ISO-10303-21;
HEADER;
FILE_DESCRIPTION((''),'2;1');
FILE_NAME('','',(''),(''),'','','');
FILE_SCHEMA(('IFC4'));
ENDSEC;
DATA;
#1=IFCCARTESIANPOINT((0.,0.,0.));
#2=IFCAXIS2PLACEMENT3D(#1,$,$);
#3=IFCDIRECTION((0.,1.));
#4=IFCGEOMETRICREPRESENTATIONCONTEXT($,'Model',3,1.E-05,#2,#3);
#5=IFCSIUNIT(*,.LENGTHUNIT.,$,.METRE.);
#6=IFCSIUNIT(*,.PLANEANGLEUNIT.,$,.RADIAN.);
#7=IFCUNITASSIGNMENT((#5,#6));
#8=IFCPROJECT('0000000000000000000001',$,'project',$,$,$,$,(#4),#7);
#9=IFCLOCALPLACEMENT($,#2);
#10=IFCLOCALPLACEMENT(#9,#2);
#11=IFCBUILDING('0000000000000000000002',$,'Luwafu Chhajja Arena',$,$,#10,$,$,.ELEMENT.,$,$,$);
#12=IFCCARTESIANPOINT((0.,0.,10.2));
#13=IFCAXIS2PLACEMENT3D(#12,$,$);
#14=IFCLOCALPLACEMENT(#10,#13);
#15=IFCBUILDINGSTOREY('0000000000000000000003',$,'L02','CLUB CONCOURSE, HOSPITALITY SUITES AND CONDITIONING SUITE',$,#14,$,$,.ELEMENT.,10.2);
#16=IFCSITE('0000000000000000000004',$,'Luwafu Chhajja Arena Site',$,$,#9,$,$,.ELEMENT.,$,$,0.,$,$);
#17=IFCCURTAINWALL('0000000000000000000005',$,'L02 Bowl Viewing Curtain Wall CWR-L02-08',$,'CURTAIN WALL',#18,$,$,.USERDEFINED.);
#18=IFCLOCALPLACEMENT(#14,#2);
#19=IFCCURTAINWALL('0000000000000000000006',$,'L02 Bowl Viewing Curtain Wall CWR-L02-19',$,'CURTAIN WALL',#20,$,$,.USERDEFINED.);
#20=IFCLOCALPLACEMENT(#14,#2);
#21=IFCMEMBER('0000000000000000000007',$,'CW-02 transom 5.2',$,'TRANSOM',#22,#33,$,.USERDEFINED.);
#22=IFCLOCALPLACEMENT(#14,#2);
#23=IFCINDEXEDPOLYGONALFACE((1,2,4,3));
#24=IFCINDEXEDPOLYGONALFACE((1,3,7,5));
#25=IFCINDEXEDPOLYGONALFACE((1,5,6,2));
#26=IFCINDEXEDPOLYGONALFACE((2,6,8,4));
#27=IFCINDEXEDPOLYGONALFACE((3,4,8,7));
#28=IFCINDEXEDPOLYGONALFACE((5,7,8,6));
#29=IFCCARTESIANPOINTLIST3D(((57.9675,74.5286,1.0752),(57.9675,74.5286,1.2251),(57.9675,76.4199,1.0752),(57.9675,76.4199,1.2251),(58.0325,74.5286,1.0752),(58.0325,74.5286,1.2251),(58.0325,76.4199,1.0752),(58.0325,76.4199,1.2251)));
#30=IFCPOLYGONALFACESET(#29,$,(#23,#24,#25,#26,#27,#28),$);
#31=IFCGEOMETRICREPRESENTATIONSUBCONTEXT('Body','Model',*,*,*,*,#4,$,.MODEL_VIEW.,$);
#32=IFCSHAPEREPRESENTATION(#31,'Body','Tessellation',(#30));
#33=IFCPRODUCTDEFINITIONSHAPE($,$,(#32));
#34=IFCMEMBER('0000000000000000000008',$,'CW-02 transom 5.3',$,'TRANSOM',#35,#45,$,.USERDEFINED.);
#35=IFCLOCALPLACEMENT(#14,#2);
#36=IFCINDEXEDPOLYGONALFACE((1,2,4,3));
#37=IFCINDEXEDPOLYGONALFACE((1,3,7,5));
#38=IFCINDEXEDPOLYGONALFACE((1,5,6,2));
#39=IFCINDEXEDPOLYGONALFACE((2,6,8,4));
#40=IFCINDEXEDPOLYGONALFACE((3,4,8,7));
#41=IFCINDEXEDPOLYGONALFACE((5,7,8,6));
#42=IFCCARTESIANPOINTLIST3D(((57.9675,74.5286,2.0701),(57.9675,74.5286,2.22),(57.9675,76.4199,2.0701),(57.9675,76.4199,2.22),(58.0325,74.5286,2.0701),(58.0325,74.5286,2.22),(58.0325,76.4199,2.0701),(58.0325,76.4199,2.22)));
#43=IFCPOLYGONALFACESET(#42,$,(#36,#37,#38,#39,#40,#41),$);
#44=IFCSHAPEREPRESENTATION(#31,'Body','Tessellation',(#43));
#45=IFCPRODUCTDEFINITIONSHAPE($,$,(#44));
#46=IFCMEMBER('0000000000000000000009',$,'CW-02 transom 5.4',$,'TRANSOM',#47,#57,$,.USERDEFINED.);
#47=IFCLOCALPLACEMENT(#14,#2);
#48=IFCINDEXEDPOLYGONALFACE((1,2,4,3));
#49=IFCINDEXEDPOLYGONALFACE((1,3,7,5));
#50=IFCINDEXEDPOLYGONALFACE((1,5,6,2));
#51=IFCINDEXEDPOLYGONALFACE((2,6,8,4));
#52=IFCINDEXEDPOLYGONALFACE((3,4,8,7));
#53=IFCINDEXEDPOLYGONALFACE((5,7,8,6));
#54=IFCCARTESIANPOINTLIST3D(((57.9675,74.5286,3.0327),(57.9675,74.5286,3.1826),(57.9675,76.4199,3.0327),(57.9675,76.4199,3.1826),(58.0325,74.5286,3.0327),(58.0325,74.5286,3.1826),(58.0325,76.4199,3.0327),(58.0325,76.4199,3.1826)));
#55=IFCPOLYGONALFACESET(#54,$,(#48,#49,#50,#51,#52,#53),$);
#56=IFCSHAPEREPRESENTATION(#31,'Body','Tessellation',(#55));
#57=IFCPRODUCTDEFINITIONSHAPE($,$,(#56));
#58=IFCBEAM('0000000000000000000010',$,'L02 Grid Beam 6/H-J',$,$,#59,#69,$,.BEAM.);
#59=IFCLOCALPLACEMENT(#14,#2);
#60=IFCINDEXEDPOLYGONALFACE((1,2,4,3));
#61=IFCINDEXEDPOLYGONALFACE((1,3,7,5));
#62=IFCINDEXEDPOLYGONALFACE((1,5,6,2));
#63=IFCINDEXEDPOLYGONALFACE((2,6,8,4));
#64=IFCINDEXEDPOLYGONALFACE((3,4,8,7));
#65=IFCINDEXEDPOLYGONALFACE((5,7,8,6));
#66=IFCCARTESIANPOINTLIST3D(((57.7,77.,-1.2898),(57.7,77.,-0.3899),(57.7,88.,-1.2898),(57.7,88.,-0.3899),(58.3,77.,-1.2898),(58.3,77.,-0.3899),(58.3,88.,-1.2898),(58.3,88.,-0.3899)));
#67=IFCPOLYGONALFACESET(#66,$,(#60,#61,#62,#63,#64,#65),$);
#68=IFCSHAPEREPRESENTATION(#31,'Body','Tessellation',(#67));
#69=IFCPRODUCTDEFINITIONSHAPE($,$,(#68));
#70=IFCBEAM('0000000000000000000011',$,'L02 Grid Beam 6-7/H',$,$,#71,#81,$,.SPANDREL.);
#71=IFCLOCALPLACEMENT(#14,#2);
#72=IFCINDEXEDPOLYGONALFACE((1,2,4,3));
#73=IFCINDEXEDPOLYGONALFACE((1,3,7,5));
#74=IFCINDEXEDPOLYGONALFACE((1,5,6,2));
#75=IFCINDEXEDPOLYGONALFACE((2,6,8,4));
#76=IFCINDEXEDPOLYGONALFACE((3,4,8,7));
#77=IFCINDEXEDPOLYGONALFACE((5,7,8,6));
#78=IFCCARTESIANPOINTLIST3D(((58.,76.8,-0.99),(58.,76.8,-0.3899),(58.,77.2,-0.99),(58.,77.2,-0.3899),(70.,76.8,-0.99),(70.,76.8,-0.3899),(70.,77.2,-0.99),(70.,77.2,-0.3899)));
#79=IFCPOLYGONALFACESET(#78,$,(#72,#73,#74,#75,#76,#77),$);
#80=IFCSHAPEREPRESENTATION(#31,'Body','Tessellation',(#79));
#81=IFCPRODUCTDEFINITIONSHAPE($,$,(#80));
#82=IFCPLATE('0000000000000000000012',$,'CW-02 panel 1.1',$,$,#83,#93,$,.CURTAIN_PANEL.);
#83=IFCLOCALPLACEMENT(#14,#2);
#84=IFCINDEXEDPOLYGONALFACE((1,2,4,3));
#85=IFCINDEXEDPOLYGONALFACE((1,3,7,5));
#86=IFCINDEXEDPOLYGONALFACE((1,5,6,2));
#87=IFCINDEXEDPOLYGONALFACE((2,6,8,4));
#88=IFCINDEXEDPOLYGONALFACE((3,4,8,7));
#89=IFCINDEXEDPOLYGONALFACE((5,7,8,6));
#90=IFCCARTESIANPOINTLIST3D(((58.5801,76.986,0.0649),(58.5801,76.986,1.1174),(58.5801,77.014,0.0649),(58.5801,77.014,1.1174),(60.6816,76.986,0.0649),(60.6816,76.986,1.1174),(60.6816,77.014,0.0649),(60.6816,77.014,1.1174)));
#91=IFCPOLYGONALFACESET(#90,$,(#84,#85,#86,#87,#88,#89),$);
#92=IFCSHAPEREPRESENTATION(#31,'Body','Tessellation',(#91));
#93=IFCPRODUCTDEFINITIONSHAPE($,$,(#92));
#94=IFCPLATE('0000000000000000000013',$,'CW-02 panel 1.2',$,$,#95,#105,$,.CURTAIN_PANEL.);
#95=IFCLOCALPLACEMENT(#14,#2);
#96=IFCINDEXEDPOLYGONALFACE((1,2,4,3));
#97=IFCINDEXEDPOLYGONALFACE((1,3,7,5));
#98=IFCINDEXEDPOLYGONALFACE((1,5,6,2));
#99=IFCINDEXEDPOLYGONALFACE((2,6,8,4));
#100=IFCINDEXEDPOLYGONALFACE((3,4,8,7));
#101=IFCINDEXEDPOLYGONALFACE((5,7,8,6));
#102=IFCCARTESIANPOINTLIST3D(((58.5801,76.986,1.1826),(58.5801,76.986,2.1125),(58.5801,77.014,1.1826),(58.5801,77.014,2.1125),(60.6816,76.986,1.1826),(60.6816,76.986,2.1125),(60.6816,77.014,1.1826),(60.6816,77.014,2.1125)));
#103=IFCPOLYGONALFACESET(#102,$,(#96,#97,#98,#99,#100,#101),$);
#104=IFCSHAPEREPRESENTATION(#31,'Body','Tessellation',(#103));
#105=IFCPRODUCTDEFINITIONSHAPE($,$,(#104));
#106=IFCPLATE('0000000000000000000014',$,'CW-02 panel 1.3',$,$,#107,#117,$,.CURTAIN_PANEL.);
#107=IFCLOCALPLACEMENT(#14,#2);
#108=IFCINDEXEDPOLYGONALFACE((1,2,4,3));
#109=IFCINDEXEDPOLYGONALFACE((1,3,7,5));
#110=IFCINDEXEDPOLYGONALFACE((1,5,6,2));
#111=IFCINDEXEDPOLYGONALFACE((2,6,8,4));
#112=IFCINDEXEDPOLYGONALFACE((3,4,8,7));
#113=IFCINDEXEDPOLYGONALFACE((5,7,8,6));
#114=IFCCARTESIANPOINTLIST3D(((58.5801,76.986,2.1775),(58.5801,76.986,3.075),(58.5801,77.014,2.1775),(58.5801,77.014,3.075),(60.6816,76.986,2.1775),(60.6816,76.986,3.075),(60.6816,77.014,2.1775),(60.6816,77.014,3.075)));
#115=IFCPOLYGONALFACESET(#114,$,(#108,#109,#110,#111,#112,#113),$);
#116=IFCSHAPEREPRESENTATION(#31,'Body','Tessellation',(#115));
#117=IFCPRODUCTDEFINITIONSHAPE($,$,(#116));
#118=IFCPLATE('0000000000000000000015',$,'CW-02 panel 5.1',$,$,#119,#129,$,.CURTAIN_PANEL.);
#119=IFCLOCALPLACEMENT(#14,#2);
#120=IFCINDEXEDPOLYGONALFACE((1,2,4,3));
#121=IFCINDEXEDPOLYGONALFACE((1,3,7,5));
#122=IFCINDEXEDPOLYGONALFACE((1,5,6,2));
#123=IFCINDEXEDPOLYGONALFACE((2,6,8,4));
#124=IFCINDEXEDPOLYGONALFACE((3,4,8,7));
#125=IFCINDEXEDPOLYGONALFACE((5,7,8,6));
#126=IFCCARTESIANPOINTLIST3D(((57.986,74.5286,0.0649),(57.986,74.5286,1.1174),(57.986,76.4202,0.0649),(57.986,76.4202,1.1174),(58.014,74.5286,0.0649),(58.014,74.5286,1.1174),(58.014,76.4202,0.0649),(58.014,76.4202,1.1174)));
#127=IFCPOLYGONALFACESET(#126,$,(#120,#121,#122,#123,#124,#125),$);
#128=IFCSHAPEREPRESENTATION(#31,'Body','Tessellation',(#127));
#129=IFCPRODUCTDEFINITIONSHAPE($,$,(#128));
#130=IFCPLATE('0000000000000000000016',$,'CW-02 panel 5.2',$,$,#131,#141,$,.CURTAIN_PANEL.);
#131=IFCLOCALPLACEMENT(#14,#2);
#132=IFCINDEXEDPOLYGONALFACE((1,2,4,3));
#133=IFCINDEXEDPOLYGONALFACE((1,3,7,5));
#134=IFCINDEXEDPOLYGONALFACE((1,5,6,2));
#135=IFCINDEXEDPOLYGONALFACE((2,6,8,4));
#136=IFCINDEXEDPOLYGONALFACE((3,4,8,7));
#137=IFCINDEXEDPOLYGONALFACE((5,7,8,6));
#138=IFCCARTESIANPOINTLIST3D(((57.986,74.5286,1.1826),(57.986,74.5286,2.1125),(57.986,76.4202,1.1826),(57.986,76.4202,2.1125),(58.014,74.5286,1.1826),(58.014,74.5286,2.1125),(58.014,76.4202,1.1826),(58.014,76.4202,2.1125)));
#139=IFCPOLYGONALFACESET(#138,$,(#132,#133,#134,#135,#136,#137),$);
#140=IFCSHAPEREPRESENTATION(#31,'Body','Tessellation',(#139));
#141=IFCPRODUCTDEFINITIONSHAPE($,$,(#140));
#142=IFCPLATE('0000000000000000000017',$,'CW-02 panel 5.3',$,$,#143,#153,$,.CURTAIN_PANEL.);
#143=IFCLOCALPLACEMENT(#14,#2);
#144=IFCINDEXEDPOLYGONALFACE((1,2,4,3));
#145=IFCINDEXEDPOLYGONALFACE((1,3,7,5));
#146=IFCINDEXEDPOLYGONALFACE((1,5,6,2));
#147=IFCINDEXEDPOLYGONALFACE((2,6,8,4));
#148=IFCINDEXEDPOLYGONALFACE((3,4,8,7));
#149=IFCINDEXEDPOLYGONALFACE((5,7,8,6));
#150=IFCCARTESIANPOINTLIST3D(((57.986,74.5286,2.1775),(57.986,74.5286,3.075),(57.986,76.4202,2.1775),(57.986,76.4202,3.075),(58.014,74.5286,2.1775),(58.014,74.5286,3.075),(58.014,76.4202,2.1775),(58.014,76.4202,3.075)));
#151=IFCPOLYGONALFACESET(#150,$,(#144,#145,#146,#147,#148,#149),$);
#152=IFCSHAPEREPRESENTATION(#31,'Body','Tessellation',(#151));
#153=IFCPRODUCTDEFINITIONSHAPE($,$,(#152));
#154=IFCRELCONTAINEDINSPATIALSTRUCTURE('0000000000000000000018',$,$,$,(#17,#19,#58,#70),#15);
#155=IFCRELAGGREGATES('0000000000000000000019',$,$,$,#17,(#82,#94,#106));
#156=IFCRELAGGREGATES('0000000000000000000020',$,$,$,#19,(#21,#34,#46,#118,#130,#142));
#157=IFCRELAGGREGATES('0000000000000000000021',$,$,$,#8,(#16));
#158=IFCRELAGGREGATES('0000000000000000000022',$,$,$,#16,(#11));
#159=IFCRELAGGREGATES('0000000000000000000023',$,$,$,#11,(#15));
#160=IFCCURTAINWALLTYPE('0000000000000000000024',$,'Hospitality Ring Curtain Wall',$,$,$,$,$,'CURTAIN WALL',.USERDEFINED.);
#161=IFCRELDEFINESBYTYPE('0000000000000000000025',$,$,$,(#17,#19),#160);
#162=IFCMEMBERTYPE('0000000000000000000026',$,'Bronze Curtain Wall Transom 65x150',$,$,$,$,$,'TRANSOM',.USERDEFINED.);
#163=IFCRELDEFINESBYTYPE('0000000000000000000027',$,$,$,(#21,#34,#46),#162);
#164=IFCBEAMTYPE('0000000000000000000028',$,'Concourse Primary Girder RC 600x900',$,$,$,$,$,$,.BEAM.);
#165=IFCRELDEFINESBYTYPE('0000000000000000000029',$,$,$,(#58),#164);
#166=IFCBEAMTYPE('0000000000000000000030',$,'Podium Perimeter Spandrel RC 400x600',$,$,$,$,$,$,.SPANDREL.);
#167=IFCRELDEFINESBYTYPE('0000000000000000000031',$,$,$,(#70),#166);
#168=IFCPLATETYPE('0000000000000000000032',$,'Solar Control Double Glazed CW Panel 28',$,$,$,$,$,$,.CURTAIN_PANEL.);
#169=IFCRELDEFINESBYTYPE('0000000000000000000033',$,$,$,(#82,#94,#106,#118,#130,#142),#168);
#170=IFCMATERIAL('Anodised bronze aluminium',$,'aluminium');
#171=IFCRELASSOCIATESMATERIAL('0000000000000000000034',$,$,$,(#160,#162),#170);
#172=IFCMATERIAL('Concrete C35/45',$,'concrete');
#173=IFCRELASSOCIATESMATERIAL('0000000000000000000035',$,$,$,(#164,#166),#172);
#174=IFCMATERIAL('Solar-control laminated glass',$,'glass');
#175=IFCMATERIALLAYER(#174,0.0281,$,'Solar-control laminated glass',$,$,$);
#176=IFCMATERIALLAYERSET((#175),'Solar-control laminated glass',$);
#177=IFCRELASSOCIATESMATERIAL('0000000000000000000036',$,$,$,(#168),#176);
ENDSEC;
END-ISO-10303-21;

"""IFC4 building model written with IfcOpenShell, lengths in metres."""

from ifc_helpers import new_model, si_unit, direction, frame, origin, origin_2d, place, context, subcontext, project, spatial, rectangle, extrude, material, layer, layer_set, material_profile, profile_set, type_object, element, aggregate, save


model = new_model("IFC4")

# Units and contexts
model_context = context("Model", 3, precision=1e-05, world=origin(), true_north=direction((0.0, 1.0)))
body_context = subcontext(model_context, "Body", "Model", "MODEL_VIEW")
ifc_project = project(units=[si_unit("LENGTHUNIT", "METRE"), si_unit("PLANEANGLEUNIT", "RADIAN")], contexts=[model_context])

# Site, building, storey
site_placement = place(None, origin())
site = spatial("IfcSite", under=ifc_project, at=site_placement, Name="Luwafu Chhajja Arena Site", CompositionType="ELEMENT", RefElevation=0.0)
building_placement = place(site_placement, origin())
building = spatial("IfcBuilding", under=site, at=building_placement, Name="Luwafu Chhajja Arena", CompositionType="ELEMENT")
storey_placement = place(building_placement, frame((0.0, 0.0, 10.2)))
storey = spatial("IfcBuildingStorey", under=building, at=storey_placement, Name="L02", Description="CLUB CONCOURSE, HOSPITALITY SUITES AND CONDITIONING SUITE", CompositionType="ELEMENT", Elevation=10.2)

# Shared definitions
ifc_material_1 = material(Name="Concrete C35/45", Category="concrete")

# Curtain walls
ifc_material_2 = material(Name="Anodised bronze aluminium", Category="aluminium")
curtain_wall_type = type_object("IfcCurtainWallType", Name="Hospitality Ring Curtain Wall", ElementType="CURTAIN WALL", PredefinedType="USERDEFINED", material=ifc_material_2)
curtain_wall_1_placement = place(storey_placement, origin())
curtain_wall_1 = element("IfcCurtainWall", 1, at=curtain_wall_1_placement, inside=storey, type_object=curtain_wall_type, Name="L02 Bowl Viewing Curtain Wall CWR-L02-08", ObjectType="CURTAIN WALL", PredefinedType="USERDEFINED")
curtain_wall_2_placement = place(storey_placement, origin())
curtain_wall_2 = element("IfcCurtainWall", 2, at=curtain_wall_2_placement, inside=storey, type_object=curtain_wall_type, Name="L02 Bowl Viewing Curtain Wall CWR-L02-19", ObjectType="CURTAIN WALL", PredefinedType="USERDEFINED")

# Members
ifc_material_profile_1 = material_profile(ifc_material_2, rectangle(XDim=0.0649, YDim=0.1499, at=origin_2d()), Name="CWT 65x150")
ifc_profile_set_1 = profile_set([ifc_material_profile_1], Name="Anodised bronze aluminium")
member_type_1 = type_object("IfcMemberType", Name="Bronze Curtain Wall Transom 65x150", ElementType="TRANSOM", PredefinedType="USERDEFINED", material=ifc_profile_set_1)
member_1_placement = place(storey_placement, frame((58.0, 74.5286, 1.1501), z_axis=(0.0, 1.0, 0.0), x_axis=(-1.0, 0.0, 0.0)))
member_1 = element("IfcMember", 3, at=member_1_placement, type_object=member_type_1, Name="CW-02 transom 5.2", ObjectType="TRANSOM", PredefinedType="USERDEFINED", context=body_context, shape_type="SweptSolid", body=[
    extrude(rectangle(XDim=0.0649, YDim=0.1499, at=origin_2d()), origin(), (0.0, 0.0, 1.0), 1.8914),
])
member_2_placement = place(storey_placement, frame((58.0, 74.5286, 2.145), z_axis=(0.0, 1.0, 0.0), x_axis=(-1.0, 0.0, 0.0)))
member_2 = element("IfcMember", 4, at=member_2_placement, type_object=member_type_1, Name="CW-02 transom 5.3", ObjectType="TRANSOM", PredefinedType="USERDEFINED", context=body_context, shape_type="SweptSolid", body=[
    extrude(rectangle(XDim=0.0649, YDim=0.1499, at=origin_2d()), origin(), (0.0, 0.0, 1.0), 1.8914),
])
member_3_placement = place(storey_placement, frame((58.0, 74.5286, 3.1077), z_axis=(0.0, 1.0, 0.0), x_axis=(-1.0, 0.0, 0.0)))
member_3 = element("IfcMember", 5, at=member_3_placement, type_object=member_type_1, Name="CW-02 transom 5.4", ObjectType="TRANSOM", PredefinedType="USERDEFINED", context=body_context, shape_type="SweptSolid", body=[
    extrude(rectangle(XDim=0.0649, YDim=0.1499, at=origin_2d()), origin(), (0.0, 0.0, 1.0), 1.8914),
])

# Beams
ifc_material_profile_2 = material_profile(ifc_material_1, rectangle(XDim=0.6001, YDim=0.8999, at=origin_2d()), Name="RC 600x900")
ifc_profile_set_2 = profile_set([ifc_material_profile_2], Name="Concrete C35/45")
beam_type_1 = type_object("IfcBeamType", Name="Concourse Primary Girder RC 600x900", PredefinedType="BEAM", material=ifc_profile_set_2)
beam_1_placement = place(storey_placement, frame((58.0, 77.0, -0.8398), z_axis=(0.0, 1.0, 0.0), x_axis=(-1.0, 0.0, 0.0)))
element("IfcBeam", 6, at=beam_1_placement, inside=storey, type_object=beam_type_1, Name="L02 Grid Beam 6/H-J", PredefinedType="BEAM", context=body_context, shape_type="SweptSolid", body=[
    extrude(rectangle(XDim=0.6001, YDim=0.8999, at=origin_2d()), origin(), (0.0, 0.0, 1.0), 11.0),
])
ifc_material_profile_3 = material_profile(ifc_material_1, rectangle(XDim=0.3999, YDim=0.6001, at=origin_2d()), Name="RC 400x600")
ifc_profile_set_3 = profile_set([ifc_material_profile_3], Name="Concrete C35/45")
beam_type_2 = type_object("IfcBeamType", Name="Podium Perimeter Spandrel RC 400x600", PredefinedType="SPANDREL", material=ifc_profile_set_3)
beam_2_placement = place(storey_placement, frame((58.0, 77.0, -0.6899), z_axis=(1.0, 0.0, 0.0), x_axis=(0.0, 1.0, 0.0)))
element("IfcBeam", 7, at=beam_2_placement, inside=storey, type_object=beam_type_2, Name="L02 Grid Beam 6-7/H", PredefinedType="SPANDREL", context=body_context, shape_type="SweptSolid", body=[
    extrude(rectangle(XDim=0.3999, YDim=0.6001, at=origin_2d()), origin(), (0.0, 0.0, 1.0), 12.0),
])

# Plates
ifc_material_3 = material(Name="Solar-control laminated glass", Category="glass")
ifc_layer = layer(ifc_material_3, 0.0281, Name="Solar-control laminated glass")
ifc_layer_set = layer_set([ifc_layer], Name="Solar-control laminated glass")
plate_type = type_object("IfcPlateType", Name="Solar Control Double Glazed CW Panel 28", PredefinedType="CURTAIN_PANEL", material=ifc_layer_set)
plate_1_placement = place(storey_placement, frame((59.6309, 77.0, 0.0649), z_axis=(0.0, 0.0, 1.0), x_axis=(1.0, 0.0, 0.0)))
plate_1 = element("IfcPlate", 8, at=plate_1_placement, type_object=plate_type, Name="CW-02 panel 1.1", PredefinedType="CURTAIN_PANEL", context=body_context, shape_type="SweptSolid", body=[
    extrude(rectangle(XDim=2.1016, YDim=0.0281, at=origin_2d()), origin(), (0.0, 0.0, 1.0), 1.0525),
])
plate_2_placement = place(storey_placement, frame((59.6309, 77.0, 1.1826), z_axis=(0.0, 0.0, 1.0), x_axis=(1.0, 0.0, 0.0)))
plate_2 = element("IfcPlate", 9, at=plate_2_placement, type_object=plate_type, Name="CW-02 panel 1.2", PredefinedType="CURTAIN_PANEL", context=body_context, shape_type="SweptSolid", body=[
    extrude(rectangle(XDim=2.1016, YDim=0.0281, at=origin_2d()), origin(), (0.0, 0.0, 1.0), 0.9299),
])
plate_3_placement = place(storey_placement, frame((59.6309, 77.0, 2.1775), z_axis=(0.0, 0.0, 1.0), x_axis=(1.0, 0.0, 0.0)))
plate_3 = element("IfcPlate", 10, at=plate_3_placement, type_object=plate_type, Name="CW-02 panel 1.3", PredefinedType="CURTAIN_PANEL", context=body_context, shape_type="SweptSolid", body=[
    extrude(rectangle(XDim=2.1016, YDim=0.0281, at=origin_2d()), origin(), (0.0, 0.0, 1.0), 0.8975),
])
aggregate(curtain_wall_1, [plate_1, plate_2, plate_3])
plate_4_placement = place(storey_placement, frame((58.0, 75.4744, 0.0649), z_axis=(0.0, 0.0, 1.0), x_axis=(0.0, 1.0, 0.0)))
plate_4 = element("IfcPlate", 11, at=plate_4_placement, type_object=plate_type, Name="CW-02 panel 5.1", PredefinedType="CURTAIN_PANEL", context=body_context, shape_type="SweptSolid", body=[
    extrude(rectangle(XDim=1.8916, YDim=0.0281, at=origin_2d()), origin(), (0.0, 0.0, 1.0), 1.0525),
])
plate_5_placement = place(storey_placement, frame((58.0, 75.4744, 1.1826), z_axis=(0.0, 0.0, 1.0), x_axis=(0.0, 1.0, 0.0)))
plate_5 = element("IfcPlate", 12, at=plate_5_placement, type_object=plate_type, Name="CW-02 panel 5.2", PredefinedType="CURTAIN_PANEL", context=body_context, shape_type="SweptSolid", body=[
    extrude(rectangle(XDim=1.8916, YDim=0.0281, at=origin_2d()), origin(), (0.0, 0.0, 1.0), 0.9299),
])
plate_6_placement = place(storey_placement, frame((58.0, 75.4744, 2.1775), z_axis=(0.0, 0.0, 1.0), x_axis=(0.0, 1.0, 0.0)))
plate_6 = element("IfcPlate", 13, at=plate_6_placement, type_object=plate_type, Name="CW-02 panel 5.3", PredefinedType="CURTAIN_PANEL", context=body_context, shape_type="SweptSolid", body=[
    extrude(rectangle(XDim=1.8916, YDim=0.0281, at=origin_2d()), origin(), (0.0, 0.0, 1.0), 0.8975),
])
aggregate(curtain_wall_2, [member_1, member_2, member_3, plate_4, plate_5, plate_6])

save(model, "model.ifc")
